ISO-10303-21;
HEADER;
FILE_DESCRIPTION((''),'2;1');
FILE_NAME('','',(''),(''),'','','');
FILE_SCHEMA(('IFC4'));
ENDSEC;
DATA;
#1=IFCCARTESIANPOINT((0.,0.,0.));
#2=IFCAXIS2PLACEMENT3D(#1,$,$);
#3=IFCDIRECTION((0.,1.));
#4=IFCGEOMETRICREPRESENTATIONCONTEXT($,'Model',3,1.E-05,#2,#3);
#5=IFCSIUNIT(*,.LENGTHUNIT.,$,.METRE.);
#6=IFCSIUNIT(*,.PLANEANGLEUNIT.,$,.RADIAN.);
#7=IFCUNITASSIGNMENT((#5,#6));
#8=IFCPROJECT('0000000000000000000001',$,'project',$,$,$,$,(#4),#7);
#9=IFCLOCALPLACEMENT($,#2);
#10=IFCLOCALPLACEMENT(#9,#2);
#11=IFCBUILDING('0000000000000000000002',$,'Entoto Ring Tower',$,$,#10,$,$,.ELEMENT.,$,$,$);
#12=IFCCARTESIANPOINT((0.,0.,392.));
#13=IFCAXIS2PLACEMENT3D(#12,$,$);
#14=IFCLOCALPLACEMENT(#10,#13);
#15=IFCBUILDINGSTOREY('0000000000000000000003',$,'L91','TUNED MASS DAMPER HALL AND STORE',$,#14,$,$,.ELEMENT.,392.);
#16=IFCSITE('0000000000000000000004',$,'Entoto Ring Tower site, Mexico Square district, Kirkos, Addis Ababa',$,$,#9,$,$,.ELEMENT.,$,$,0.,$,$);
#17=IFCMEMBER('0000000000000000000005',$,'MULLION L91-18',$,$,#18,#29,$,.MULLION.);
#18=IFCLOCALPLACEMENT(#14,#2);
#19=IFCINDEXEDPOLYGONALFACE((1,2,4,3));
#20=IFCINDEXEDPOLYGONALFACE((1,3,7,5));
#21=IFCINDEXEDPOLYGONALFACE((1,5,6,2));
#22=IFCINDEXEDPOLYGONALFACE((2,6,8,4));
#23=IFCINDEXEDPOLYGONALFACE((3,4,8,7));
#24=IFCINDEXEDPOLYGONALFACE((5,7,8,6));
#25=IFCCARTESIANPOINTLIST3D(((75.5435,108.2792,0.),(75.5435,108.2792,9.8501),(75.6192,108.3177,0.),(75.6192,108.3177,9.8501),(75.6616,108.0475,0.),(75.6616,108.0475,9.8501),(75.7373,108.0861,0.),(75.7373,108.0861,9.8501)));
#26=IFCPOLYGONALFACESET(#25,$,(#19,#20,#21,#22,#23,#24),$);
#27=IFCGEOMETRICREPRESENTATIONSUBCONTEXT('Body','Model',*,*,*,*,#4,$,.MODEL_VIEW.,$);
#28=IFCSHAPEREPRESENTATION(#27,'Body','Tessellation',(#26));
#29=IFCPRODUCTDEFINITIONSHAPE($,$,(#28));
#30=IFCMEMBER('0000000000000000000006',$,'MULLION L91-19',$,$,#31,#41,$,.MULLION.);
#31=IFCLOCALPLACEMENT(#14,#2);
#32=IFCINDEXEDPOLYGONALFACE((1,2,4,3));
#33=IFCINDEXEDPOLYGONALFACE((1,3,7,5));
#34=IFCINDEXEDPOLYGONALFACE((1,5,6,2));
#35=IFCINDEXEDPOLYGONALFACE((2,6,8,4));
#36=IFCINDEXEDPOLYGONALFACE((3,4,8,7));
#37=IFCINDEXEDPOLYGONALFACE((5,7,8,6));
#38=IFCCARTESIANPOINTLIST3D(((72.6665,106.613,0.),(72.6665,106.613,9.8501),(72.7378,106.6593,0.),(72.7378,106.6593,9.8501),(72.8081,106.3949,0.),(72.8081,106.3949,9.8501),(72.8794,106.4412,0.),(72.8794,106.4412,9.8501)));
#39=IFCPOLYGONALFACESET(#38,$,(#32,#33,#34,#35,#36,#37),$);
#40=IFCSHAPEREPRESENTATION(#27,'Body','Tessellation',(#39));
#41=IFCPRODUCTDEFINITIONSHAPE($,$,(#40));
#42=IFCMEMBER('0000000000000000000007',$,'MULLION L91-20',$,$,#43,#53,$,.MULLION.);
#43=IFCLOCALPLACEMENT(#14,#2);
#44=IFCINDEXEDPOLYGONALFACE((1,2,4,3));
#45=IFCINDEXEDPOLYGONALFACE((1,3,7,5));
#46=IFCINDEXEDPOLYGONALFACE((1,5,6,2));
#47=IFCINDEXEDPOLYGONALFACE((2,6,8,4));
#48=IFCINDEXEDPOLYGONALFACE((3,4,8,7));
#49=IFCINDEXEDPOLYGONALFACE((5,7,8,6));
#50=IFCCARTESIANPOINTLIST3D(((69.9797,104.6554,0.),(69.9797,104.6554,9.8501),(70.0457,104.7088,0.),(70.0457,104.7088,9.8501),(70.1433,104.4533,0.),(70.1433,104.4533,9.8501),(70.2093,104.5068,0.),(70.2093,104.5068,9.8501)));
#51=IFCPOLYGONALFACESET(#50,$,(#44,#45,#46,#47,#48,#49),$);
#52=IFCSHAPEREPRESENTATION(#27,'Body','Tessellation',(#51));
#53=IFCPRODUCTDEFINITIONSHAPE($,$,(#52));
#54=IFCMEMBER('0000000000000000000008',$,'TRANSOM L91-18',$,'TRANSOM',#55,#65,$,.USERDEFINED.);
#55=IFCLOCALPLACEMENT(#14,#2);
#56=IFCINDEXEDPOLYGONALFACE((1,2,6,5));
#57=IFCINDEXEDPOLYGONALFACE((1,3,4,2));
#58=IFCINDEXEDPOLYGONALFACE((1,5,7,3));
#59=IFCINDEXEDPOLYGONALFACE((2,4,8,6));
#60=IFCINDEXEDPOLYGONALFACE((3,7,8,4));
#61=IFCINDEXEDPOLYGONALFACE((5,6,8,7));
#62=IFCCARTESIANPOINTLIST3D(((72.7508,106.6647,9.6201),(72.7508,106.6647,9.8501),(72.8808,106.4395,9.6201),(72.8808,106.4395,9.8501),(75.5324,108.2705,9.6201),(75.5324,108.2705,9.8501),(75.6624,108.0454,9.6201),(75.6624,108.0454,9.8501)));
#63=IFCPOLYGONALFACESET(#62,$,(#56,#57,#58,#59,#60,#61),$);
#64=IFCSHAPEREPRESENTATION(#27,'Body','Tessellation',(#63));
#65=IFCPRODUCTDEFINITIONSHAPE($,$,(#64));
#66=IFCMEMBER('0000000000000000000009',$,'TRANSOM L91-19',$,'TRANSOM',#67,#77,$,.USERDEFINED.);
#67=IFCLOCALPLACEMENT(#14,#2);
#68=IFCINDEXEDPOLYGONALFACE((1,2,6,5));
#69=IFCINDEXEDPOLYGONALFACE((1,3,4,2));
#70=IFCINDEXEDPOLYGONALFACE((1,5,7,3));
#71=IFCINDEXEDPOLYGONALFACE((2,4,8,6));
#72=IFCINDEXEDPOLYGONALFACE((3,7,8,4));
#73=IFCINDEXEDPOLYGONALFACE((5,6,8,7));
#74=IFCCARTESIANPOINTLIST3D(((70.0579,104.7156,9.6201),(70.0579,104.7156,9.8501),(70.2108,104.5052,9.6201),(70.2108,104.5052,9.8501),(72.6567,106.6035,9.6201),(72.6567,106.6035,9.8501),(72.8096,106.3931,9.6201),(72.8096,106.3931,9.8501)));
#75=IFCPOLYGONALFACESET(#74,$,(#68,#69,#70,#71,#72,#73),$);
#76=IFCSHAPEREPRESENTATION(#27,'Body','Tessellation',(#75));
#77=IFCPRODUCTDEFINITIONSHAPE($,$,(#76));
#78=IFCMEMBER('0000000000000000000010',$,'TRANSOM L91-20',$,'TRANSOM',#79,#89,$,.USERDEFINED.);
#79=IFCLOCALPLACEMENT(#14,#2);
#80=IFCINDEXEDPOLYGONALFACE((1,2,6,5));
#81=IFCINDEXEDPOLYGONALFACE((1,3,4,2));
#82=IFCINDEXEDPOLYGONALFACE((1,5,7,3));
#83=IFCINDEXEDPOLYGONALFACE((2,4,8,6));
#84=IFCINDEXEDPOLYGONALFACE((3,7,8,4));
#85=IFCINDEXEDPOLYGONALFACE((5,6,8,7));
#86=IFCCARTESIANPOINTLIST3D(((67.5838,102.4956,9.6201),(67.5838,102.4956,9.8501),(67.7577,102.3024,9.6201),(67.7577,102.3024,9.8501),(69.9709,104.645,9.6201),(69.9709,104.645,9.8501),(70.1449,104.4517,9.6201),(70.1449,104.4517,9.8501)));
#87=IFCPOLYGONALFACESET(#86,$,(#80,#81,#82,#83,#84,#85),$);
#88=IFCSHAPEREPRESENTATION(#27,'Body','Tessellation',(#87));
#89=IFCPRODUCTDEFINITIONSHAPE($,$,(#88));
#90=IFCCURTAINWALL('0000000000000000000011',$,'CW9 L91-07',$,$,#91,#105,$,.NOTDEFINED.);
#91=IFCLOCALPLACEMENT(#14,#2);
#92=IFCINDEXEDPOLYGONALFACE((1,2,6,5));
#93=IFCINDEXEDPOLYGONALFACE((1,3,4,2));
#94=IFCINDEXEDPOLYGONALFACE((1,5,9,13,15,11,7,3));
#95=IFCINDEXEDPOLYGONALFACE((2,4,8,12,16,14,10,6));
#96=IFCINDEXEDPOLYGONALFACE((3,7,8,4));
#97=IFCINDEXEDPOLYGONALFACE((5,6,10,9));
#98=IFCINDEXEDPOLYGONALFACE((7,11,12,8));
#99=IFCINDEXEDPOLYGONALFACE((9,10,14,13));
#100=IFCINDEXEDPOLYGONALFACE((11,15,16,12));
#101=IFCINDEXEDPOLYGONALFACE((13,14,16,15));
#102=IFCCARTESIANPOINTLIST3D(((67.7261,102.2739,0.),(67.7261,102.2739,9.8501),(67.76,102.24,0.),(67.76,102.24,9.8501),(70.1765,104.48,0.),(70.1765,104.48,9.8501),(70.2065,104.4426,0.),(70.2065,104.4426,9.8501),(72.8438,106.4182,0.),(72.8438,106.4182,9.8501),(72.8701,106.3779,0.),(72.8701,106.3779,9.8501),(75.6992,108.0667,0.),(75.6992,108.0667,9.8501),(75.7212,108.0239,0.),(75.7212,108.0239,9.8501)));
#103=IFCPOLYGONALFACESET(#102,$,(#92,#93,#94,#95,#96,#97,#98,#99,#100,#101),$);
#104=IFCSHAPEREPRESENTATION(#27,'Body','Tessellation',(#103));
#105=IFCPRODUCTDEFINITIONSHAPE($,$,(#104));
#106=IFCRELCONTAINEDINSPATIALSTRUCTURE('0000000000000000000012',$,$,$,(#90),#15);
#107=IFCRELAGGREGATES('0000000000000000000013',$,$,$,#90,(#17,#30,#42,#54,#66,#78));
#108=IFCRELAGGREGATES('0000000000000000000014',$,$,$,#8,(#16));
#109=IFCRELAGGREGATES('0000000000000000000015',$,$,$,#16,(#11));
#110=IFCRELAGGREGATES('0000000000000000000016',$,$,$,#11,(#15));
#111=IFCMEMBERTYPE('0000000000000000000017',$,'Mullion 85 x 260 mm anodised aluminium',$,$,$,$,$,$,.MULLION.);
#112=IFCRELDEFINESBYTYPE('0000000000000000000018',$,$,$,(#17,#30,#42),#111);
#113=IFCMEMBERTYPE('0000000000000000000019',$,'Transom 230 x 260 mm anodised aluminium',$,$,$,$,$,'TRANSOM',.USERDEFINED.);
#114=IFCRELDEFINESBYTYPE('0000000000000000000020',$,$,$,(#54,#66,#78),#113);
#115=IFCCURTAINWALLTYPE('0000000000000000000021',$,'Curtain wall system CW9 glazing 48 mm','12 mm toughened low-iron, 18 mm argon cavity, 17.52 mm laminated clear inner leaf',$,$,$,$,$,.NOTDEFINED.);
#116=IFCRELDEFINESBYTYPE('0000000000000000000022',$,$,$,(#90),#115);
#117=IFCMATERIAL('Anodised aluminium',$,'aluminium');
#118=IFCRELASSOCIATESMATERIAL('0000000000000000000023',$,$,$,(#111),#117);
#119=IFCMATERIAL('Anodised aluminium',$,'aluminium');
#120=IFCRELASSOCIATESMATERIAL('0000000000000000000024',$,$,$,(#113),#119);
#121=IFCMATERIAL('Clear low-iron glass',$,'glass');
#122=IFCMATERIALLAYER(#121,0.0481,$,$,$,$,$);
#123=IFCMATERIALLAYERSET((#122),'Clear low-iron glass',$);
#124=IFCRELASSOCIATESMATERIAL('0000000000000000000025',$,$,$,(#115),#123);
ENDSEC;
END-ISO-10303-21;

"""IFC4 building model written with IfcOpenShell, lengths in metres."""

from ifc_helpers import new_model, si_unit, direction, frame, origin, origin_2d, place, context, subcontext, project, spatial, polyline, rectangle, outline, extrude, material, layer, layer_set, material_profile, profile_set, type_object, element, aggregate, save


model = new_model("IFC4")

# Units and contexts
model_context = context("Model", 3, precision=1e-05, world=origin(), true_north=direction((0.0, 1.0)))
body_context = subcontext(model_context, "Body", "Model", "MODEL_VIEW")
ifc_project = project(units=[si_unit("LENGTHUNIT", "METRE"), si_unit("PLANEANGLEUNIT", "RADIAN")], contexts=[model_context])

# Members
ifc_material_1 = material(Name="Anodised aluminium", Category="aluminium")
ifc_material_profile_1 = material_profile(ifc_material_1, rectangle(XDim=0.085, YDim=0.26, at=origin_2d()), Name="Mullion 85 x 260 mm anodised aluminium")
ifc_profile_set_1 = profile_set([ifc_material_profile_1], Name="Anodised aluminium")
member_type_1 = type_object("IfcMemberType", Name="Mullion 85 x 260 mm anodised aluminium", PredefinedType="MULLION", material=ifc_profile_set_1)
site_placement = place(None, origin())
building_placement = place(site_placement, origin())
storey_placement = place(building_placement, frame((0.0, 0.0, 392.0)))
member_1_placement = place(storey_placement, frame((75.6404, 108.1826, 0.0), z_axis=(0.0, 0.0, 1.0), x_axis=(-0.891007, -0.45399, 0.0)))
member_1 = element("IfcMember", 1, at=member_1_placement, type_object=member_type_1, Name="MULLION L91-18", PredefinedType="MULLION", context=body_context, shape_type="SweptSolid", body=[
    extrude(rectangle(XDim=0.085, YDim=0.26, at=origin_2d()), origin(), (0.0, 0.0, 1.0), 9.8501),
])
member_2_placement = place(storey_placement, frame((72.7729, 106.5271, 0.0), z_axis=(0.0, 0.0, 1.0), x_axis=(-0.838671, -0.544639, 0.0)))
member_2 = element("IfcMember", 2, at=member_2_placement, type_object=member_type_1, Name="MULLION L91-19", PredefinedType="MULLION", context=body_context, shape_type="SweptSolid", body=[
    extrude(rectangle(XDim=0.085, YDim=0.26, at=origin_2d()), origin(), (0.0, 0.0, 1.0), 9.8501),
])
member_3_placement = place(storey_placement, frame((70.0945, 104.5811, 0.0), z_axis=(0.0, 0.0, 1.0), x_axis=(-0.777146, -0.62932, 0.0)))
member_3 = element("IfcMember", 3, at=member_3_placement, type_object=member_type_1, Name="MULLION L91-20", PredefinedType="MULLION", context=body_context, shape_type="SweptSolid", body=[
    extrude(rectangle(XDim=0.085, YDim=0.26, at=origin_2d()), origin(), (0.0, 0.0, 1.0), 9.8501),
])
ifc_material_2 = material(Name="Anodised aluminium", Category="aluminium")
ifc_material_profile_2 = material_profile(ifc_material_2, rectangle(XDim=0.26, YDim=0.23, at=origin_2d()), Name="Transom 230 x 260 mm anodised aluminium")
ifc_profile_set_2 = profile_set([ifc_material_profile_2], Name="Anodised aluminium")
member_type_2 = type_object("IfcMemberType", Name="Transom 230 x 260 mm anodised aluminium", ElementType="TRANSOM", PredefinedType="USERDEFINED", material=ifc_profile_set_2)
member_4_placement = place(storey_placement, frame((75.5974, 108.158, 9.7351), z_axis=(-0.866036, -0.499981, 0.0), x_axis=(0.499981, -0.866036, 0.0)))
member_4 = element("IfcMember", 4, at=member_4_placement, type_object=member_type_2, Name="TRANSOM L91-18", ObjectType="TRANSOM", PredefinedType="USERDEFINED", context=body_context, shape_type="SweptSolid", body=[
    extrude(rectangle(XDim=0.26, YDim=0.23, at=origin_2d()), origin(), (0.0, 0.0, 1.0), 3.2119),
])
member_5_placement = place(storey_placement, frame((72.7332, 106.4983, 9.7351), z_axis=(-0.809055, -0.587733, 0.0), x_axis=(0.587733, -0.809055, 0.0)))
member_5 = element("IfcMember", 5, at=member_5_placement, type_object=member_type_2, Name="TRANSOM L91-19", ObjectType="TRANSOM", PredefinedType="USERDEFINED", context=body_context, shape_type="SweptSolid", body=[
    extrude(rectangle(XDim=0.26, YDim=0.23, at=origin_2d()), origin(), (0.0, 0.0, 1.0), 3.2122),
])
member_6_placement = place(storey_placement, frame((70.0579, 104.5483, 9.7351), z_axis=(-0.743151, -0.669124, 0.0), x_axis=(0.669124, -0.743151, 0.0)))
member_6 = element("IfcMember", 6, at=member_6_placement, type_object=member_type_2, Name="TRANSOM L91-20", ObjectType="TRANSOM", PredefinedType="USERDEFINED", context=body_context, shape_type="SweptSolid", body=[
    extrude(rectangle(XDim=0.26, YDim=0.23, at=origin_2d()), origin(), (0.0, 0.0, 1.0), 3.2122),
])

# Site, building, storey
site = spatial("IfcSite", under=ifc_project, at=site_placement, Name="Entoto Ring Tower site, Mexico Square district, Kirkos, Addis Ababa", CompositionType="ELEMENT", RefElevation=0.0)
building = spatial("IfcBuilding", under=site, at=building_placement, Name="Entoto Ring Tower", CompositionType="ELEMENT")
storey = spatial("IfcBuildingStorey", under=building, at=storey_placement, Name="L91", Description="TUNED MASS DAMPER HALL AND STORE", CompositionType="ELEMENT", Elevation=392.0)

# Curtain wall
ifc_material_3 = material(Name="Clear low-iron glass", Category="glass")
ifc_layer = layer(ifc_material_3, 0.0481)
ifc_layer_set = layer_set([ifc_layer], Name="Clear low-iron glass")
curtain_wall_type = type_object("IfcCurtainWallType", Name="Curtain wall system CW9 glazing 48 mm", Description="12 mm toughened low-iron, 18 mm argon cavity, 17.52 mm laminated clear inner leaf", PredefinedType="NOTDEFINED", material=ifc_layer_set)
curtain_wall_1_placement = place(storey_placement, origin())
curtain_wall_1 = element("IfcCurtainWall", 7, at=curtain_wall_1_placement, inside=storey, type_object=curtain_wall_type, Name="CW9 L91-07", PredefinedType="NOTDEFINED", context=body_context, shape_type="SweptSolid", body=[
    extrude(outline(polyline([(75.6992, 108.0667), (72.8438, 106.4182), (70.1765, 104.48), (67.7261, 102.2739), (67.76, 102.24), (70.2065, 104.4426), (72.8701, 106.3779), (75.7212, 108.0239), (75.6992, 108.0667)])), origin(), (0.0, 0.0, 1.0), 9.8501),
])
aggregate(curtain_wall_1, [member_1, member_2, member_3, member_4, member_5, member_6])

save(model, "model.ifc")
